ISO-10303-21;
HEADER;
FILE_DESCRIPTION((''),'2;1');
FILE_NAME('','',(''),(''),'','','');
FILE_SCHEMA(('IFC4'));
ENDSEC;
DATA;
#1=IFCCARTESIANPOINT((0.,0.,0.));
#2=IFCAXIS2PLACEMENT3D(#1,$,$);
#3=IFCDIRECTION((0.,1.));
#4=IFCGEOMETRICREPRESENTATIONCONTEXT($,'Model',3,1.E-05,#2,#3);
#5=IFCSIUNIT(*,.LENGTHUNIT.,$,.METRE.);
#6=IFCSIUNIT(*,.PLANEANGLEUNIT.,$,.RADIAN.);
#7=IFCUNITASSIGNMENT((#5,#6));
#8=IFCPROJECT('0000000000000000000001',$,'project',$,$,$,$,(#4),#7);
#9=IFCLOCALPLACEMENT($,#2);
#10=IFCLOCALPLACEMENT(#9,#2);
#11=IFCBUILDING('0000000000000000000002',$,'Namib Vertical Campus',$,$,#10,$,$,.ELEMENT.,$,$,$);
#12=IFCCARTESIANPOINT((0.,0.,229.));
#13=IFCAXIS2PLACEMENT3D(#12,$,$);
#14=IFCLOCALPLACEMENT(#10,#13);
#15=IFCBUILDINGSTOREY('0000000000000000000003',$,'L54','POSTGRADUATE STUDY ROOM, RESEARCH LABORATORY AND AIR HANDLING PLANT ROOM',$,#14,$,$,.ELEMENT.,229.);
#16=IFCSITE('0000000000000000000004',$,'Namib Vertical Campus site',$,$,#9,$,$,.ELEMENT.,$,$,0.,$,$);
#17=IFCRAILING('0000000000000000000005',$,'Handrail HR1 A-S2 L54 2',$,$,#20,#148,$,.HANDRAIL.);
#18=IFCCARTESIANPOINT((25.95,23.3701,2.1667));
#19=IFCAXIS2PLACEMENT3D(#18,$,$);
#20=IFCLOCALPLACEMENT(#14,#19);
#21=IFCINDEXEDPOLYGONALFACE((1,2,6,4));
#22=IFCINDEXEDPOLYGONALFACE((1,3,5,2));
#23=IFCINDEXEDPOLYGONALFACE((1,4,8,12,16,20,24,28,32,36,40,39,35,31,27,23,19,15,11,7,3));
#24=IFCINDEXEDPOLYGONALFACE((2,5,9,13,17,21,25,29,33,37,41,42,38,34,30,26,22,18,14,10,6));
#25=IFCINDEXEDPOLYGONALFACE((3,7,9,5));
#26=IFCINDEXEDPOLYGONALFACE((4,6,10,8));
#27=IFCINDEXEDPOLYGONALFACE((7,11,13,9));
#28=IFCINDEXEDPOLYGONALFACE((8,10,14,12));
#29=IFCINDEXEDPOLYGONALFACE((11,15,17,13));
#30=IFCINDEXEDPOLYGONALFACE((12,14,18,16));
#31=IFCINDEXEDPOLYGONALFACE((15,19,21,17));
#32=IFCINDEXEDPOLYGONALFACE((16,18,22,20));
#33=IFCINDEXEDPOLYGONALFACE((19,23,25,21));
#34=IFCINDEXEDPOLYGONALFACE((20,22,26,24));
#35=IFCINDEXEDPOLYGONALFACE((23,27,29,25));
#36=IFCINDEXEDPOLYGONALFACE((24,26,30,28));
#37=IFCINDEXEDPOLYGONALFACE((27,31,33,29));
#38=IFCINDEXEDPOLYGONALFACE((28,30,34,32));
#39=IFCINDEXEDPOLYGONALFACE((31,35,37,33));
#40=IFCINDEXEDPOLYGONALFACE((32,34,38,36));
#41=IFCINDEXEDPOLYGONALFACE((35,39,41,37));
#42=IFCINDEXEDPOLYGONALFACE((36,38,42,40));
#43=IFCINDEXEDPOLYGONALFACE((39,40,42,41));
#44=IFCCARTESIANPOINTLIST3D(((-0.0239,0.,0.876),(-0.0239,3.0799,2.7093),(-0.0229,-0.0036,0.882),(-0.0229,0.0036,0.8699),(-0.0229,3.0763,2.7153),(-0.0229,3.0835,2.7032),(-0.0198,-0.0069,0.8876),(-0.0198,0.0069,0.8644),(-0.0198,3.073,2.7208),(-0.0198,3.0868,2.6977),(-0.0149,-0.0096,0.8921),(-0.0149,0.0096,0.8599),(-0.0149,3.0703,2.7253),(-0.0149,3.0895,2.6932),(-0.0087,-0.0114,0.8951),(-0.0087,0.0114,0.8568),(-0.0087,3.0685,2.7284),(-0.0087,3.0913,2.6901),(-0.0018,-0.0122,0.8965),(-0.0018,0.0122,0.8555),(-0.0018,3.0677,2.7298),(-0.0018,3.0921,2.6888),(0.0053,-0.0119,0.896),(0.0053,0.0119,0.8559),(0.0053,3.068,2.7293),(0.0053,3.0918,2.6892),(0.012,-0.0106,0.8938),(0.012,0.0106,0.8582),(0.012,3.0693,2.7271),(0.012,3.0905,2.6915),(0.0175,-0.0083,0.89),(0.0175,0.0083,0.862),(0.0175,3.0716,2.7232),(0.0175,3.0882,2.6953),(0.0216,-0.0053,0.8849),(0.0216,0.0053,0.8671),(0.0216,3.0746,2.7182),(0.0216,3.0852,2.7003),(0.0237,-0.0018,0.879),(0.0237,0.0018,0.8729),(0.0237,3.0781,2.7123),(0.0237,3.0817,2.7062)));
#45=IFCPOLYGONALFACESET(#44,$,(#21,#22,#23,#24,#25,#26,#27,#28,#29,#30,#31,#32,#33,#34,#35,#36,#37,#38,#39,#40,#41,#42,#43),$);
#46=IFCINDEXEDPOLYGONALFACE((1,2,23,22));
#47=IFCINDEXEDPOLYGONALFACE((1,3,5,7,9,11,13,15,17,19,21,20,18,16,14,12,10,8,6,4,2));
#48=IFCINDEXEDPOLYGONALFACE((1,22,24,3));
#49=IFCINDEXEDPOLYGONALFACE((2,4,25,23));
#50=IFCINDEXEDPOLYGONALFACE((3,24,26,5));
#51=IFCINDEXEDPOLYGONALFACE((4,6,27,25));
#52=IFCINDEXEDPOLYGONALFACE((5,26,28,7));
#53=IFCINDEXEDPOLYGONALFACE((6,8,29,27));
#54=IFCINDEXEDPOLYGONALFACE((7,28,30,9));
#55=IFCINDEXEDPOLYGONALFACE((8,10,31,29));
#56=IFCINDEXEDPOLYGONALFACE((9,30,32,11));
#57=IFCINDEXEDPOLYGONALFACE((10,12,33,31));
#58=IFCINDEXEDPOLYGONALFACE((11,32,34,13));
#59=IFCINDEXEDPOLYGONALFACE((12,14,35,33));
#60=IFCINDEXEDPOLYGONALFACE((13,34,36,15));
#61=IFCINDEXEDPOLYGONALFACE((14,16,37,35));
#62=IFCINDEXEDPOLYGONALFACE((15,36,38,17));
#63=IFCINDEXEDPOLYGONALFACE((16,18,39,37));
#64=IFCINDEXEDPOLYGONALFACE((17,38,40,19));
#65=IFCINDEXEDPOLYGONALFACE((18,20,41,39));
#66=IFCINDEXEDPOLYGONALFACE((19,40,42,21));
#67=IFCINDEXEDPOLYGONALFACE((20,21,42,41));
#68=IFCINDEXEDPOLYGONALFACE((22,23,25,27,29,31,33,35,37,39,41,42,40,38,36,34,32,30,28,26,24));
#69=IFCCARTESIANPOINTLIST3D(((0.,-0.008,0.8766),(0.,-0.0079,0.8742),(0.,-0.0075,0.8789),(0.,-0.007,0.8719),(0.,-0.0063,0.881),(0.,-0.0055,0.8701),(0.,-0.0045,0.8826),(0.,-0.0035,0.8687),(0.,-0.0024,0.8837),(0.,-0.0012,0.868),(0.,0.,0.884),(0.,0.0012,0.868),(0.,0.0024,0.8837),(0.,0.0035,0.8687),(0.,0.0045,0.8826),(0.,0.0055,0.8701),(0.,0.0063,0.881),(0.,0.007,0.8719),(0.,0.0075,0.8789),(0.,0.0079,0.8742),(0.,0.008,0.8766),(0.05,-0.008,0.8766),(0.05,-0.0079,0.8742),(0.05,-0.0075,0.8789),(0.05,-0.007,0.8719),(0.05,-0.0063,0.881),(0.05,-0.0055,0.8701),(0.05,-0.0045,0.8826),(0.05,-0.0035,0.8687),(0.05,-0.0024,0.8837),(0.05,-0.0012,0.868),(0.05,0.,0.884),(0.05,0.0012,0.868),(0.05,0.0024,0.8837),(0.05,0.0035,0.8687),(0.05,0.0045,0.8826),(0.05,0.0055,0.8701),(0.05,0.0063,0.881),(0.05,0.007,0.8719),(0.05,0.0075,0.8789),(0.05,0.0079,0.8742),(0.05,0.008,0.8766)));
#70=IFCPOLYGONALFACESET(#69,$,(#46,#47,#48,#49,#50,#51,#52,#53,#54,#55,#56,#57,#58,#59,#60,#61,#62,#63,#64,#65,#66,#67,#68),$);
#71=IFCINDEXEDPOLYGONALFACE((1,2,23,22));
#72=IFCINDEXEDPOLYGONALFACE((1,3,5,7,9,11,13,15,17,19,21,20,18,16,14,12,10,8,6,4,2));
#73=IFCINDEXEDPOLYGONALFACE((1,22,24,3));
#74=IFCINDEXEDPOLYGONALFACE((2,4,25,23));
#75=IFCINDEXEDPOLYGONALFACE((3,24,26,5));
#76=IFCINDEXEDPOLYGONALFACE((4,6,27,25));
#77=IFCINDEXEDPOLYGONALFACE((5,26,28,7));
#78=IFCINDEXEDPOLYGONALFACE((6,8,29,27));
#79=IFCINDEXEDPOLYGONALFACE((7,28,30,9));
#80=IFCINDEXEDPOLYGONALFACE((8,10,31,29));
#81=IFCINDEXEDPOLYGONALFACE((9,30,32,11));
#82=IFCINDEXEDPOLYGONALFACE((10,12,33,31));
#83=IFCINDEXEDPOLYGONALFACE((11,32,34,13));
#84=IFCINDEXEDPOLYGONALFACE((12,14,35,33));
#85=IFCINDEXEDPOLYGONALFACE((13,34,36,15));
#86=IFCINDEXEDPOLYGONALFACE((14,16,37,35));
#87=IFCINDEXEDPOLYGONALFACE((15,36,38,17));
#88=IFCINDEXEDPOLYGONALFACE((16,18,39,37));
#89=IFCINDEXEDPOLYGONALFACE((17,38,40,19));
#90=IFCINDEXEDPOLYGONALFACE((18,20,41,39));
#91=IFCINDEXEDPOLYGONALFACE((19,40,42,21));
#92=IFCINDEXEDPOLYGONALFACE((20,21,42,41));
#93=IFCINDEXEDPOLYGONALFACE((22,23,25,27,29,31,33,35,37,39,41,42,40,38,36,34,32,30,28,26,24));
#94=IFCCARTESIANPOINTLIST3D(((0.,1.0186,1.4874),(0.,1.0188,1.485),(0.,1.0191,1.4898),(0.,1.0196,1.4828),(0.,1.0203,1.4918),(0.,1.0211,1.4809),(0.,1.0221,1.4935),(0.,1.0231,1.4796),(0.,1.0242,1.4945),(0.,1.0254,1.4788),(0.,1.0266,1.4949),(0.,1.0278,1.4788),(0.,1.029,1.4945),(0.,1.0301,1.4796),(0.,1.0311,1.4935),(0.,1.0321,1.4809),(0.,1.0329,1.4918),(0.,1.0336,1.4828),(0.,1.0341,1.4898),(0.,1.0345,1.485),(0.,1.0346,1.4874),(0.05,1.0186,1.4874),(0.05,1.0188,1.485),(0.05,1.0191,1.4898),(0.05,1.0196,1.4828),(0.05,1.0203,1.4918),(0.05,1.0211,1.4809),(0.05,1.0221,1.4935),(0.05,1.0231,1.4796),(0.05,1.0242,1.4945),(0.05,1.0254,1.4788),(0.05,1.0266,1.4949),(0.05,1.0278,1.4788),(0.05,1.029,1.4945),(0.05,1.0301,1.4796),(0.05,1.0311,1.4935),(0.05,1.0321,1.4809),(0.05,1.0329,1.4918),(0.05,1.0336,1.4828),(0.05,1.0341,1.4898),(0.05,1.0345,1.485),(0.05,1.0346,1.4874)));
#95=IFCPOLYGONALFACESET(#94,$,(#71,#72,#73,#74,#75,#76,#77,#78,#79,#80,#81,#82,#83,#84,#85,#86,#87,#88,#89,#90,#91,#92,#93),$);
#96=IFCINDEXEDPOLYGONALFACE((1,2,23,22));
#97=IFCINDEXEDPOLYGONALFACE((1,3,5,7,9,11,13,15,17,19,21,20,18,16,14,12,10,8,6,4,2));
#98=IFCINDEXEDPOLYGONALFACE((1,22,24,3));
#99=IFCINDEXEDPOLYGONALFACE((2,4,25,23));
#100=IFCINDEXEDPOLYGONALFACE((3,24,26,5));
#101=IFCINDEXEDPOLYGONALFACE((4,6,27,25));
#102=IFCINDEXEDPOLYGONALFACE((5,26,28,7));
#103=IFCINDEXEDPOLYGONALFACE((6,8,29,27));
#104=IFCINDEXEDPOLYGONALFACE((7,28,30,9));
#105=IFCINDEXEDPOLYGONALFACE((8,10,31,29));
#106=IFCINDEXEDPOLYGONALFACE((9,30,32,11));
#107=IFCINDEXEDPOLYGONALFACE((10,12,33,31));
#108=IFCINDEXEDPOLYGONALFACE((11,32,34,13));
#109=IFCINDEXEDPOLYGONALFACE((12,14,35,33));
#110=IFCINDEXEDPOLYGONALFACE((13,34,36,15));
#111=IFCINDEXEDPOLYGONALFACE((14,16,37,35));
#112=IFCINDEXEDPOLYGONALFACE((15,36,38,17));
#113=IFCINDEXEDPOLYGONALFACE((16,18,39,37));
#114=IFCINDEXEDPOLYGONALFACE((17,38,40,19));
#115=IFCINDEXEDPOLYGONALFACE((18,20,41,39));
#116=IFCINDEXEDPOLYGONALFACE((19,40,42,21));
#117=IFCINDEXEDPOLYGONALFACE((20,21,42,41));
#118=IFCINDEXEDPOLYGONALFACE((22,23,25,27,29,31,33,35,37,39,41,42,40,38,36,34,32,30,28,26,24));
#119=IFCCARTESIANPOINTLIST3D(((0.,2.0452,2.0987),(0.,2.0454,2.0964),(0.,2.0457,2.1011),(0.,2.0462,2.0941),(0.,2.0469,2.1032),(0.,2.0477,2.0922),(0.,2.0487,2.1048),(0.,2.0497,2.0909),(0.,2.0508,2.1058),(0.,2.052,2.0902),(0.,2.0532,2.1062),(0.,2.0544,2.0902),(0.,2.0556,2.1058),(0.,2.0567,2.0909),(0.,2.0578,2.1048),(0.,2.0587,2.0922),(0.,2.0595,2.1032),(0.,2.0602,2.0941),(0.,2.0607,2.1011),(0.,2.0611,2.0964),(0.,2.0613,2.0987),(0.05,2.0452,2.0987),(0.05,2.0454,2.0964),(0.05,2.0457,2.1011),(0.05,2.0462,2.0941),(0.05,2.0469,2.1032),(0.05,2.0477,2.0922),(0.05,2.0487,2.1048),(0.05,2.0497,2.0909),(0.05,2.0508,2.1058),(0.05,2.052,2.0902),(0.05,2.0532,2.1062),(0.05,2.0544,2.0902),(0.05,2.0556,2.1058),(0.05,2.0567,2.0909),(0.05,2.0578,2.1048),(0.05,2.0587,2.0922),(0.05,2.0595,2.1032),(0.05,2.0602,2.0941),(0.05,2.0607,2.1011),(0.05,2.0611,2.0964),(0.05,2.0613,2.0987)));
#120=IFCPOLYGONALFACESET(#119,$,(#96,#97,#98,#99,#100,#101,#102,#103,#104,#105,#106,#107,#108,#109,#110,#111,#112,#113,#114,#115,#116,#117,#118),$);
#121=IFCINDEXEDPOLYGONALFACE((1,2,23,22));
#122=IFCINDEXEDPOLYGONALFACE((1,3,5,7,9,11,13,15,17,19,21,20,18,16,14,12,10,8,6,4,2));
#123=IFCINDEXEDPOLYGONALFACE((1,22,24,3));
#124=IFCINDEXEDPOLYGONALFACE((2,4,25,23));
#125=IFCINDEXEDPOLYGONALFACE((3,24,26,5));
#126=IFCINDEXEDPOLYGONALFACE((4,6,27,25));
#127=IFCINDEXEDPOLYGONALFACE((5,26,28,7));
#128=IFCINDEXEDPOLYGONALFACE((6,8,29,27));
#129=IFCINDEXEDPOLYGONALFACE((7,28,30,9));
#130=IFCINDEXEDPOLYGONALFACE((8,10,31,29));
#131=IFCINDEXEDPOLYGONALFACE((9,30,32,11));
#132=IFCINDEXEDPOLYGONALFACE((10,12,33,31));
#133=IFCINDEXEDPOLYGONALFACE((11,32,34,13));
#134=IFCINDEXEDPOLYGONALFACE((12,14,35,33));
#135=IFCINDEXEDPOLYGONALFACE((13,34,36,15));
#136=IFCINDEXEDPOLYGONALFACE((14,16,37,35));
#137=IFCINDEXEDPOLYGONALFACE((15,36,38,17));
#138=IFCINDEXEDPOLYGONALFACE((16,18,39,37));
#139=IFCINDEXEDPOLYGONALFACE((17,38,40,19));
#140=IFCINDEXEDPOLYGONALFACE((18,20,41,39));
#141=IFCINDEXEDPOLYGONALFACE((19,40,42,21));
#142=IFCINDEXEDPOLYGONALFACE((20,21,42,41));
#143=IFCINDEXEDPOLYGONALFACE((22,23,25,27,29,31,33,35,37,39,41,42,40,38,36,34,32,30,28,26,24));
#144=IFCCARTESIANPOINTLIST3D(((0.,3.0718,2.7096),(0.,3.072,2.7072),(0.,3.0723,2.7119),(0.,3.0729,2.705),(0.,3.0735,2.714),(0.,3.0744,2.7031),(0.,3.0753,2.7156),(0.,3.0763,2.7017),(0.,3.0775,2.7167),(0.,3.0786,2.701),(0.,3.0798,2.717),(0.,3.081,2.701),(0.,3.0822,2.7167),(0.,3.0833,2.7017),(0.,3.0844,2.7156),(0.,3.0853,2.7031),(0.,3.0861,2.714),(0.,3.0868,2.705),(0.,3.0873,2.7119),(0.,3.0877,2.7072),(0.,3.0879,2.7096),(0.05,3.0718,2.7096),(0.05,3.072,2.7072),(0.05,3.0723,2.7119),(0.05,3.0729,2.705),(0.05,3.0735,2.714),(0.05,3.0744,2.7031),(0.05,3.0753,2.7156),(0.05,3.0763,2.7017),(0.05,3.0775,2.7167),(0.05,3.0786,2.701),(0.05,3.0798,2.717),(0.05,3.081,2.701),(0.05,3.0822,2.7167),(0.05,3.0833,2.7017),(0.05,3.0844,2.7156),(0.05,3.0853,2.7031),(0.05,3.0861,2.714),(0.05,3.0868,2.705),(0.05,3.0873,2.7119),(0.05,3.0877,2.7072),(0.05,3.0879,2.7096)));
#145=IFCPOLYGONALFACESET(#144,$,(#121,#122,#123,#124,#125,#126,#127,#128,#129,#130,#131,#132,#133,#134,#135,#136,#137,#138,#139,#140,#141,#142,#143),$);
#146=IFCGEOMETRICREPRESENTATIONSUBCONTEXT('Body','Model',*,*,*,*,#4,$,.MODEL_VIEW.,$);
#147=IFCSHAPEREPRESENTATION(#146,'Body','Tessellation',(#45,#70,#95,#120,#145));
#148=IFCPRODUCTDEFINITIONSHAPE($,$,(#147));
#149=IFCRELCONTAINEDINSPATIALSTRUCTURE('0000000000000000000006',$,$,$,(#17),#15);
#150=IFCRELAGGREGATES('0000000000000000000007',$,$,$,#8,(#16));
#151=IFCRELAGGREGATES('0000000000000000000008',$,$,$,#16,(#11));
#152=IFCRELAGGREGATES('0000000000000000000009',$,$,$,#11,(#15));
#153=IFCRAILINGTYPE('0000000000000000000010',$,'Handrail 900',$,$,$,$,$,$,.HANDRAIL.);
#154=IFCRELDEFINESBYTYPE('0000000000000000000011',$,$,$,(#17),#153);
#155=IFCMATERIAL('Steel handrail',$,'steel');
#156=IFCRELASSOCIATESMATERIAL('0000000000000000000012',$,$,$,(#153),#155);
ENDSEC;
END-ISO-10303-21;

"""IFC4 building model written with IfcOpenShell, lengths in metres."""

from ifc_helpers import new_model, si_unit, direction, frame, origin, origin_2d, place, context, subcontext, project, spatial, circle, extrude, material, type_object, element, save


model = new_model("IFC4")

# Units and contexts
model_context = context("Model", 3, precision=1e-05, world=origin(), true_north=direction((0.0, 1.0)))
body_context = subcontext(model_context, "Body", "Model", "MODEL_VIEW")
ifc_project = project(units=[si_unit("LENGTHUNIT", "METRE"), si_unit("PLANEANGLEUNIT", "RADIAN")], contexts=[model_context])

# Site, building, storey
site_placement = place(None, origin())
site = spatial("IfcSite", under=ifc_project, at=site_placement, Name="Namib Vertical Campus site", CompositionType="ELEMENT", RefElevation=0.0)
building_placement = place(site_placement, origin())
building = spatial("IfcBuilding", under=site, at=building_placement, Name="Namib Vertical Campus", CompositionType="ELEMENT")
storey_placement = place(building_placement, frame((0.0, 0.0, 229.0)))
storey = spatial("IfcBuildingStorey", under=building, at=storey_placement, Name="L54", Description="POSTGRADUATE STUDY ROOM, RESEARCH LABORATORY AND AIR HANDLING PLANT ROOM", CompositionType="ELEMENT", Elevation=229.0)

# Railing
ifc_material_1 = material(Name="Steel handrail", Category="steel")
railing_type_1 = type_object("IfcRailingType", Name="Handrail 900", PredefinedType="HANDRAIL", material=ifc_material_1)
railing_1_placement = place(storey_placement, frame((25.95, 23.3701, 2.1667)))
element("IfcRailing", 1, at=railing_1_placement, inside=storey, type_object=railing_type_1, Name="Handrail HR1 A-S2 L54 2", PredefinedType="HANDRAIL", context=body_context, shape_type="SweptSolid", body=[
    extrude(circle(Radius=0.0239, at=origin_2d()), frame((0.0, 0.0, 0.876), z_axis=(0.0, 0.859291, 0.511487), x_axis=(-1.0, 0.0, 0.0)), (0.0, 0.0, 1.0), 3.5842),
    extrude(circle(Radius=0.0081, at=origin_2d()), frame((0.0, 0.0, 0.876), z_axis=(1.0, 0.0, 0.0), x_axis=(0.0, 0.0, 1.0)), (0.0, 0.0, 1.0), 0.05),
    extrude(circle(Radius=0.0081, at=origin_2d()), frame((0.0, 1.0266, 1.4868), z_axis=(1.0, 0.0, 0.0), x_axis=(0.0, 0.0, 1.0)), (0.0, 0.0, 1.0), 0.05),
    extrude(circle(Radius=0.0081, at=origin_2d()), frame((0.0, 2.0532, 2.0981), z_axis=(1.0, 0.0, 0.0), x_axis=(0.0, 0.0, 1.0)), (0.0, 0.0, 1.0), 0.05),
    extrude(circle(Radius=0.0081, at=origin_2d()), frame((0.0, 3.0798, 2.709), z_axis=(1.0, 0.0, 0.0), x_axis=(0.0, 0.0, 1.0)), (0.0, 0.0, 1.0), 0.05),
])

save(model, "model.ifc")
